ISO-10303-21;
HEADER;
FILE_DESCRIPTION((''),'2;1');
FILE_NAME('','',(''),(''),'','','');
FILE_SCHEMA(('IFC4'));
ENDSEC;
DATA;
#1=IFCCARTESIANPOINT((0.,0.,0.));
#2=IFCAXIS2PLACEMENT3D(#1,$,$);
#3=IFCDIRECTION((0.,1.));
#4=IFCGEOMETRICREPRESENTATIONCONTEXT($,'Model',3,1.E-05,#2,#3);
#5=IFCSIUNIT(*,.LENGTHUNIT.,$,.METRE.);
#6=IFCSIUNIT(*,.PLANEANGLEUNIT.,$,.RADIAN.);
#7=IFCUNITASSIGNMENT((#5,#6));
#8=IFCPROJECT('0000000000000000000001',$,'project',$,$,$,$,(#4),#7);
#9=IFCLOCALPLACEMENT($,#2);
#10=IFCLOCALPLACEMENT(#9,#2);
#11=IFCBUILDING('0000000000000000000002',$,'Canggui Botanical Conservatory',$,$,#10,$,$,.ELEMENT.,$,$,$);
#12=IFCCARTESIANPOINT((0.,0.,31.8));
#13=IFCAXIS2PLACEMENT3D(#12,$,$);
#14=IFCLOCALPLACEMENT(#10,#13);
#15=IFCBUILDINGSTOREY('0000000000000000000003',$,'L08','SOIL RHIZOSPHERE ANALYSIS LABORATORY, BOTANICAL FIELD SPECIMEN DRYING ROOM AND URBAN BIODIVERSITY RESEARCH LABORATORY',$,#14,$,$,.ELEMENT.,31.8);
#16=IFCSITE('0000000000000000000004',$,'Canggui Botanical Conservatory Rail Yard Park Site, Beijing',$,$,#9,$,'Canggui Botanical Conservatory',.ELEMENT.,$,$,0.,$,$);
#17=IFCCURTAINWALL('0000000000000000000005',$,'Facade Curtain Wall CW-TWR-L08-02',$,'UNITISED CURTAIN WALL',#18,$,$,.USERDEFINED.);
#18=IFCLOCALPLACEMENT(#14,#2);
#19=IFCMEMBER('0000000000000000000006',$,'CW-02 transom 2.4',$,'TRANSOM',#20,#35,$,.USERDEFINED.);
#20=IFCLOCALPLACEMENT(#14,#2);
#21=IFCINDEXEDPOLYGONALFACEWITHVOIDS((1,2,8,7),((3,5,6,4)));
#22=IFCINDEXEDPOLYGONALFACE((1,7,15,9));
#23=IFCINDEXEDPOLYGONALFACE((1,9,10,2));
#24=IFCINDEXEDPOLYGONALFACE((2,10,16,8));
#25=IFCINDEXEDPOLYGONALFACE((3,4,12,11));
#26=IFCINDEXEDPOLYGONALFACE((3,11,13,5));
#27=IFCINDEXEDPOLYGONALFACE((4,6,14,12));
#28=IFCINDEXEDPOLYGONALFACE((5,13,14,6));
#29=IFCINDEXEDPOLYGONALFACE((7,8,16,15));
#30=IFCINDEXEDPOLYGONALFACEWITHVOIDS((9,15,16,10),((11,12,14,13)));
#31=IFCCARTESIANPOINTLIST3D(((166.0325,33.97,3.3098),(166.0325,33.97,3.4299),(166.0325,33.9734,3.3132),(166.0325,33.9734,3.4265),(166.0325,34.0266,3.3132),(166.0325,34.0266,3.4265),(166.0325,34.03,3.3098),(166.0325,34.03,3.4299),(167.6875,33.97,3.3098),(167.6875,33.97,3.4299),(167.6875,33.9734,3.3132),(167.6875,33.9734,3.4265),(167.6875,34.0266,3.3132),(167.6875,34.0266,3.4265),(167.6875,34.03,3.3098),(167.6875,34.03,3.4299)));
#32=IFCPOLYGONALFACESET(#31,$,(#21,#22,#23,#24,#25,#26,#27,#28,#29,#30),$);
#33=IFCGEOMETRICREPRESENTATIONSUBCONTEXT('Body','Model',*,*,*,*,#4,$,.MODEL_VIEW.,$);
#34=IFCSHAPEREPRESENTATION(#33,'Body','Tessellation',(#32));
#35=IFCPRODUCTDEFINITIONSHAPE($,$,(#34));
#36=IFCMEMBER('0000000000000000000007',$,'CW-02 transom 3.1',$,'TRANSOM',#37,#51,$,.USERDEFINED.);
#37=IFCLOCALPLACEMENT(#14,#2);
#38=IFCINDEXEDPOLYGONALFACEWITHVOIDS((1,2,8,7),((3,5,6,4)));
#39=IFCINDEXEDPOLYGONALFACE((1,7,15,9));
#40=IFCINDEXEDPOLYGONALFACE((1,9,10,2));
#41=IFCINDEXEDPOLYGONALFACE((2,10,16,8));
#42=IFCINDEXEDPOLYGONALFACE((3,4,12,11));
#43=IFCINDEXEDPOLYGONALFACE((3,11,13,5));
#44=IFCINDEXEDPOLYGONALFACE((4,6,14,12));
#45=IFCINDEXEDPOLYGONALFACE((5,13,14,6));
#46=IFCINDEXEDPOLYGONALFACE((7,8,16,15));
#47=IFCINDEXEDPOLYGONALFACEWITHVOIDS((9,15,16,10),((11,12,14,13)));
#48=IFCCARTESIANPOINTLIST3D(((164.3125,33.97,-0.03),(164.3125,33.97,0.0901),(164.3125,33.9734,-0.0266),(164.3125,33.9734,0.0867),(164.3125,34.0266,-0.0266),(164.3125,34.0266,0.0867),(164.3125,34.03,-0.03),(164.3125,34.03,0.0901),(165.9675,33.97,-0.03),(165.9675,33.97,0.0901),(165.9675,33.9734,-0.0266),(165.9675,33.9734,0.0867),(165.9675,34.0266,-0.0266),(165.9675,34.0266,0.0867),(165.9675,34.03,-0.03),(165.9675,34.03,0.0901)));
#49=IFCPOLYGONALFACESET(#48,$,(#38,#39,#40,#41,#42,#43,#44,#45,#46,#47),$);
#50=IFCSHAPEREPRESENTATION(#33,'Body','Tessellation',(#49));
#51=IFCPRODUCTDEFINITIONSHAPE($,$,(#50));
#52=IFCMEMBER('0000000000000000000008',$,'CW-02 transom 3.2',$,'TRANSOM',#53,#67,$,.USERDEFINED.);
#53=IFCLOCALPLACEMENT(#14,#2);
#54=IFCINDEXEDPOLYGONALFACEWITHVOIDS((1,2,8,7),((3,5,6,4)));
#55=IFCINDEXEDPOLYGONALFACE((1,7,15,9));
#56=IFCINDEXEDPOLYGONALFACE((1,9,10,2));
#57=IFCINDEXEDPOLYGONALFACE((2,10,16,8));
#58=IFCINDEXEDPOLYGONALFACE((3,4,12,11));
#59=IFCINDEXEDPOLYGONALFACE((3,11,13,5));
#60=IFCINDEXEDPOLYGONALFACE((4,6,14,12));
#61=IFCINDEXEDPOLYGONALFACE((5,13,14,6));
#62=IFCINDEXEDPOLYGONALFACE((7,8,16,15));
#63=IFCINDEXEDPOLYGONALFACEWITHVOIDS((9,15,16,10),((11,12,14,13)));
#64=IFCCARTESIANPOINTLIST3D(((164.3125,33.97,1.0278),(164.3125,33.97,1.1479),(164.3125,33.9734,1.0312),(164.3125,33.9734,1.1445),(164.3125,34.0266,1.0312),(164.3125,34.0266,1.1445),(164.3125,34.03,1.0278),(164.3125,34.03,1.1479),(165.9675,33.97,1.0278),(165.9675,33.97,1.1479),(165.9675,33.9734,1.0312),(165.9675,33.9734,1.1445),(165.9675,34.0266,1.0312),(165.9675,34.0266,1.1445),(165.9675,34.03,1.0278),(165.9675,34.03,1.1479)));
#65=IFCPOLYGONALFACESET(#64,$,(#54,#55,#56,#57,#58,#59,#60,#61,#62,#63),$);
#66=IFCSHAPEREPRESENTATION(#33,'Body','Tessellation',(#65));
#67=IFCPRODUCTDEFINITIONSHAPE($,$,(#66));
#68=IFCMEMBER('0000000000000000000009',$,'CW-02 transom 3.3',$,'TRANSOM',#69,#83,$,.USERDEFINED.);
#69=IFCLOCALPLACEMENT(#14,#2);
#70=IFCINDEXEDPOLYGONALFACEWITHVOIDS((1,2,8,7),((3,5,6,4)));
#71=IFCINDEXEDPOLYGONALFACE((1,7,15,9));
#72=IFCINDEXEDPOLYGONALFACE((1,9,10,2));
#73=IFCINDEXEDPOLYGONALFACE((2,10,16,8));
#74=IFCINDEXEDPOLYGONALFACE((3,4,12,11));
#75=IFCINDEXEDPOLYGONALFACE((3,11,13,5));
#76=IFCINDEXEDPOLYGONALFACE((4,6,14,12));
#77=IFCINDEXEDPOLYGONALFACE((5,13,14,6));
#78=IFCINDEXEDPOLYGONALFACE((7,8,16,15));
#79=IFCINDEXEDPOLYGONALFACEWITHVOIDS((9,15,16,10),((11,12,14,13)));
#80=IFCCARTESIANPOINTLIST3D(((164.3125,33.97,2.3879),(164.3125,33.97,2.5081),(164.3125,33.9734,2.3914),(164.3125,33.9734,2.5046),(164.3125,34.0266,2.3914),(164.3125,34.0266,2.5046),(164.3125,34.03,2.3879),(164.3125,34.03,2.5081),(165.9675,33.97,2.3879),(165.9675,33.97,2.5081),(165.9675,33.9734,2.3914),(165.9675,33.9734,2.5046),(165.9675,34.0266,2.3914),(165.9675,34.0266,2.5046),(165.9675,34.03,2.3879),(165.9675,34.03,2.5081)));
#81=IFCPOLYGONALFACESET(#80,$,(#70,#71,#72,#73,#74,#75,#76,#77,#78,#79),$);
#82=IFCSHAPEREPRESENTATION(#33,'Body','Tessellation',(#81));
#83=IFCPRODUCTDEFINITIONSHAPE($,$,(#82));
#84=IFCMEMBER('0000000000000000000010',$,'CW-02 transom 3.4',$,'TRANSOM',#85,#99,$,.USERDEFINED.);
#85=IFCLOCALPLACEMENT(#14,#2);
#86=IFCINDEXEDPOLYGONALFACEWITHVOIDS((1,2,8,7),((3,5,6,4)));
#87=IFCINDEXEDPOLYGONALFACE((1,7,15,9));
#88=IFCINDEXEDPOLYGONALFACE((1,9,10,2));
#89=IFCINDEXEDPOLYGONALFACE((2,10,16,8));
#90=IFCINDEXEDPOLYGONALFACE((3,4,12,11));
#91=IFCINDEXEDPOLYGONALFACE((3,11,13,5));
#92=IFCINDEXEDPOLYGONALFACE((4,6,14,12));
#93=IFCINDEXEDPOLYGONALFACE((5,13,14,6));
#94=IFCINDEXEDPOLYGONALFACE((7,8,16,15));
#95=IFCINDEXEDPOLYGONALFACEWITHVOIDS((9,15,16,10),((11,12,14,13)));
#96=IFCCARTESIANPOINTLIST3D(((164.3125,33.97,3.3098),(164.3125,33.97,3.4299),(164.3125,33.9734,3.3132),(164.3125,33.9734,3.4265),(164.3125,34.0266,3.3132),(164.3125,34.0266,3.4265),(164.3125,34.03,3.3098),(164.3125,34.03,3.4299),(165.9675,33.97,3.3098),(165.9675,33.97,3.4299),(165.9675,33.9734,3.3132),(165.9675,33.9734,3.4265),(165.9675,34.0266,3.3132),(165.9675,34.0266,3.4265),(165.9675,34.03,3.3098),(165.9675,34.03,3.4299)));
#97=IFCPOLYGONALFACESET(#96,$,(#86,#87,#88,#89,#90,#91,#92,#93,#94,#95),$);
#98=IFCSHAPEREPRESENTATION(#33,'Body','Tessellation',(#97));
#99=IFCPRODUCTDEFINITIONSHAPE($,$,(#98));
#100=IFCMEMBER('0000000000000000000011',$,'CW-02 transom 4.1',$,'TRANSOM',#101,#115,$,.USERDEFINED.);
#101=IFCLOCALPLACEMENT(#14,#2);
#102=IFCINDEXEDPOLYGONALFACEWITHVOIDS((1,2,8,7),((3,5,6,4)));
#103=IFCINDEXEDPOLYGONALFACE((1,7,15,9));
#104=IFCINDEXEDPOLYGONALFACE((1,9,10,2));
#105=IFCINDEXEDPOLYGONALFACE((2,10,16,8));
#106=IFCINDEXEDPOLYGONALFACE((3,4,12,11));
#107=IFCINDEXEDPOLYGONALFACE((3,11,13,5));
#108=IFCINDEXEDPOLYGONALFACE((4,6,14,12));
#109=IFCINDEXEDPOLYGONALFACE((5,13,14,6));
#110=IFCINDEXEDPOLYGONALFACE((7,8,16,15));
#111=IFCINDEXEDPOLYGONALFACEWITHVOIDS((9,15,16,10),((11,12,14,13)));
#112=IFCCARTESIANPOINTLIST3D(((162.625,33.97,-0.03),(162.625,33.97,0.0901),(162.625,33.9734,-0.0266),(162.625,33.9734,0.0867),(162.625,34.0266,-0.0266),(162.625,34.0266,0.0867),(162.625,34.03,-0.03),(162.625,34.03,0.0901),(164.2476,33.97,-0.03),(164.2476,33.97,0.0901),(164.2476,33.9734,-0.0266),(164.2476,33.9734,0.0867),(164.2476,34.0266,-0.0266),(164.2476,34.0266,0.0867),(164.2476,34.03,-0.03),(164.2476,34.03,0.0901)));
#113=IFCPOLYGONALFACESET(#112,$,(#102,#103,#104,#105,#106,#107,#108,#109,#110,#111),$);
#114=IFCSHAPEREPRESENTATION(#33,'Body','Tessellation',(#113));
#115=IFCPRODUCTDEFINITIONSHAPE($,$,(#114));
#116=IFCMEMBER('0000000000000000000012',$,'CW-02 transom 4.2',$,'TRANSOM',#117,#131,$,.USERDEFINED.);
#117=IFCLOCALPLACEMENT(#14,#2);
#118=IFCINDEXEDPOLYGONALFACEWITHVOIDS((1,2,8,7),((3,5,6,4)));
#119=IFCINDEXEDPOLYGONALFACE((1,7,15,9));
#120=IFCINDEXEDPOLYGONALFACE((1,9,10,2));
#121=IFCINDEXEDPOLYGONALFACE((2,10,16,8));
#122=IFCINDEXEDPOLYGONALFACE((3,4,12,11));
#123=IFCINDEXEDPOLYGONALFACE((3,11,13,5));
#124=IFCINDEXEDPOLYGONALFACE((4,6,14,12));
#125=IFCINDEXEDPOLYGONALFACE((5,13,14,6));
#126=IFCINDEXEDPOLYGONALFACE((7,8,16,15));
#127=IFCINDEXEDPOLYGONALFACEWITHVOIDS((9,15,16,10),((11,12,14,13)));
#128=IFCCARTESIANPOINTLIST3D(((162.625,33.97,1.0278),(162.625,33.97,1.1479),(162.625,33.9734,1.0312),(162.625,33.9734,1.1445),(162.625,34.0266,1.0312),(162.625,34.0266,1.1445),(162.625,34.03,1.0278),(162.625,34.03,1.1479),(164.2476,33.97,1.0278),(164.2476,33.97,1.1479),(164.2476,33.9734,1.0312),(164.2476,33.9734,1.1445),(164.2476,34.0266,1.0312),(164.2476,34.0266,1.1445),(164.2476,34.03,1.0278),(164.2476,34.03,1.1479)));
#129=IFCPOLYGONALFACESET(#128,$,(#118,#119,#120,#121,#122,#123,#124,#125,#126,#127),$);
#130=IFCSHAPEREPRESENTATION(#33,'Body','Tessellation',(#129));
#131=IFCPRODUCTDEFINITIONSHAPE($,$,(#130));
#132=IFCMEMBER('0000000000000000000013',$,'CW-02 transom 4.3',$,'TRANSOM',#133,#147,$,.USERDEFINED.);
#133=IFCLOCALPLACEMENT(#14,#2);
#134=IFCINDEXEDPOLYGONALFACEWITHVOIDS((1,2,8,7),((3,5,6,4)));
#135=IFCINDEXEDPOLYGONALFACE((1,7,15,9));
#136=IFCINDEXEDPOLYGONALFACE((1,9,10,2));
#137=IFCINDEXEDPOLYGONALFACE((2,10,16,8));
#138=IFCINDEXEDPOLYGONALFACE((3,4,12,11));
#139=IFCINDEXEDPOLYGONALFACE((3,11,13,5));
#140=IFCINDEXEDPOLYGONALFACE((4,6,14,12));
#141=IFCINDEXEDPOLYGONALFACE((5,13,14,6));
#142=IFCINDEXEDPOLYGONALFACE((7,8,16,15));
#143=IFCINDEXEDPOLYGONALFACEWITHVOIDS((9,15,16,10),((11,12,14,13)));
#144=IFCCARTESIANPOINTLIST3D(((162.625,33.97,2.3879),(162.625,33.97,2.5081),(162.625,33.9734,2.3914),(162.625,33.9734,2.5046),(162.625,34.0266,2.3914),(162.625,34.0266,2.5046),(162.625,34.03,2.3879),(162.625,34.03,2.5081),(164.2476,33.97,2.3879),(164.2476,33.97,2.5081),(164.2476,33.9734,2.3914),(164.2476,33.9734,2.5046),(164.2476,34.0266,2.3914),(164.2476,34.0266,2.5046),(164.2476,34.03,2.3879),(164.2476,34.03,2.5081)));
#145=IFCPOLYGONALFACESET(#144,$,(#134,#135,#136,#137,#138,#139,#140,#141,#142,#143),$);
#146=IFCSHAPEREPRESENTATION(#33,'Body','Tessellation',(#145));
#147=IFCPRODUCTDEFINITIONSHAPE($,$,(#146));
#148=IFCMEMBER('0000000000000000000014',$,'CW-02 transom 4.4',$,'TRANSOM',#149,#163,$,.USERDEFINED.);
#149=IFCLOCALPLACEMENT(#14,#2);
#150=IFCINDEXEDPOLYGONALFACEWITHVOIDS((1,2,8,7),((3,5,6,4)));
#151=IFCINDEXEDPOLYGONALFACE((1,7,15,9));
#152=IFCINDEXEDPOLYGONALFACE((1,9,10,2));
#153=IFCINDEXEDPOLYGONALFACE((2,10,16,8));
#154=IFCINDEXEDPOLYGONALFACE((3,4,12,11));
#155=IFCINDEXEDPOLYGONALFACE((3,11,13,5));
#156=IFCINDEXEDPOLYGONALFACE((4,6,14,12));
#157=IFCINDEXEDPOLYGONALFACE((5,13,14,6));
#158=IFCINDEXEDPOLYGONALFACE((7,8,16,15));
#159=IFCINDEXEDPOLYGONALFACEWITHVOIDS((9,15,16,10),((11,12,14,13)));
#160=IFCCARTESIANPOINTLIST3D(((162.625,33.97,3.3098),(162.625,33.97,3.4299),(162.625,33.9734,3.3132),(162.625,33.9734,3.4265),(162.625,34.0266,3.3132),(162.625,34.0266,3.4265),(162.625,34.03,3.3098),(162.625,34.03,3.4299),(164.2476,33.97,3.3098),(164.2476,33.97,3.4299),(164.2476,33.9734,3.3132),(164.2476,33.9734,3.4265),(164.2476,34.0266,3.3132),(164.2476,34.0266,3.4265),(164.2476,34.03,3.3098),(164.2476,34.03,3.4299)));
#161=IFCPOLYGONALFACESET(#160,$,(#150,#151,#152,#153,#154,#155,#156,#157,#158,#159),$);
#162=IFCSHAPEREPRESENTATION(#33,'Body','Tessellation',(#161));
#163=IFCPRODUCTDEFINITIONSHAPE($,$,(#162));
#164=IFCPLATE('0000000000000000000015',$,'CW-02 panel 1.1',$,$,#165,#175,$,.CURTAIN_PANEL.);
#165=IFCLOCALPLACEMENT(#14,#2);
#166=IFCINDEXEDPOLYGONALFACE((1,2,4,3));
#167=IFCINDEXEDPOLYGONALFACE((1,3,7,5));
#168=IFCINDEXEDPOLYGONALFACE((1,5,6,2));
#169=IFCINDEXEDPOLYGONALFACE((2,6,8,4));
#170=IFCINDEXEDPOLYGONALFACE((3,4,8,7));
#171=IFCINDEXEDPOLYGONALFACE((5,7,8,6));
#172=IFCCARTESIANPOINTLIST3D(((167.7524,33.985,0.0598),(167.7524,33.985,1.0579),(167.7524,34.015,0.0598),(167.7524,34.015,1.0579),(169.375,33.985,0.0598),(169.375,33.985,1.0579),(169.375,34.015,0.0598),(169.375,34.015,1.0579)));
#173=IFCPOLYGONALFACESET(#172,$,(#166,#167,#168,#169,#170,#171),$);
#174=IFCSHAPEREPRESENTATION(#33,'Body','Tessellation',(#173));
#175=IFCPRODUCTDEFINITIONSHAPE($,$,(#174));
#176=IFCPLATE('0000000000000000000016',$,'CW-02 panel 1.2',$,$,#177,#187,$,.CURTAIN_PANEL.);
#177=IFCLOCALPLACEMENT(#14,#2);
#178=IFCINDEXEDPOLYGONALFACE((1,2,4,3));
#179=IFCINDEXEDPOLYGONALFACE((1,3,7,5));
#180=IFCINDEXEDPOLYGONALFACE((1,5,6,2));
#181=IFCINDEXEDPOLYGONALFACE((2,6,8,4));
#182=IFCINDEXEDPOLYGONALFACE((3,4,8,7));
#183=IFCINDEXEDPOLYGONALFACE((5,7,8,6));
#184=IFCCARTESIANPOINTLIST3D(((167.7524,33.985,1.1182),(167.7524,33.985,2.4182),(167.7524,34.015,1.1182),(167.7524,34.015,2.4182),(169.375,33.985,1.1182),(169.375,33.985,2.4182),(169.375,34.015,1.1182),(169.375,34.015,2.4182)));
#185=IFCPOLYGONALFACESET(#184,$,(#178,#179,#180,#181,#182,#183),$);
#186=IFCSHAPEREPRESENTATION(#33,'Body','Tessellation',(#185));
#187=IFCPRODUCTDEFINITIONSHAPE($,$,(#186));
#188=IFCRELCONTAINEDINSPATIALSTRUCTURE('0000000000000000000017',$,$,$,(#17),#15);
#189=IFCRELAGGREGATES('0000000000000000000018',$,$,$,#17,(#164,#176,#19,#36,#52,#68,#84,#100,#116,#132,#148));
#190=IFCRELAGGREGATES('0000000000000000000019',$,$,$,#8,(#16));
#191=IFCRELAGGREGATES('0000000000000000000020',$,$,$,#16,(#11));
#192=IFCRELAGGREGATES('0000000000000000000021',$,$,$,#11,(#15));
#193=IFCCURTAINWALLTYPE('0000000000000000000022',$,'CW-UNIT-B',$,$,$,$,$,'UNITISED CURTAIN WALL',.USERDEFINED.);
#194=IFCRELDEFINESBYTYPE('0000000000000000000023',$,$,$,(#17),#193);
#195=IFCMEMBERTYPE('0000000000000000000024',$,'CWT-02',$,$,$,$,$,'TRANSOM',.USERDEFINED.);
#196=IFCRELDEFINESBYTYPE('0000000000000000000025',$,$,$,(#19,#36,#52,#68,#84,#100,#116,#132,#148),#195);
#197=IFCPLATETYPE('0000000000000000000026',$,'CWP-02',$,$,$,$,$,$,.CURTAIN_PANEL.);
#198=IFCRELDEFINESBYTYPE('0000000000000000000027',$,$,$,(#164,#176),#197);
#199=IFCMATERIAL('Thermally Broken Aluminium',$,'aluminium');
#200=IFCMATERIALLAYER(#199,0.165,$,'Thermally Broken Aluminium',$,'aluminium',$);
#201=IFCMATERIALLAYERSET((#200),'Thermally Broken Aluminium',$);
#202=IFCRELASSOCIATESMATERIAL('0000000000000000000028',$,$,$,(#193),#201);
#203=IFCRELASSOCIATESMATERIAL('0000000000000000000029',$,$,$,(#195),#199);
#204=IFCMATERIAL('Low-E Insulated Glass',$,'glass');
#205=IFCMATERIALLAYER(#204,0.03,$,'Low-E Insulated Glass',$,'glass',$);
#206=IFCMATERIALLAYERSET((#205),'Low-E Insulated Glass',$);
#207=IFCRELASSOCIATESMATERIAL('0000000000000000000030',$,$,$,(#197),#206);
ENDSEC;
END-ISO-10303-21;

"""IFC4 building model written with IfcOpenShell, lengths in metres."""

from ifc_helpers import new_model, si_unit, direction, frame, origin, origin_2d, place, context, subcontext, project, spatial, rectangle, hollow_rectangle, extrude, material, layer, layer_set, material_profile, profile_set, type_object, element, aggregate, save


model = new_model("IFC4")

# Units and contexts
model_context = context("Model", 3, precision=1e-05, world=origin(), true_north=direction((0.0, 1.0)))
body_context = subcontext(model_context, "Body", "Model", "MODEL_VIEW")
ifc_project = project(units=[si_unit("LENGTHUNIT", "METRE"), si_unit("PLANEANGLEUNIT", "RADIAN")], contexts=[model_context])

# Site, building, storey
site_placement = place(None, origin())
site = spatial("IfcSite", under=ifc_project, at=site_placement, Name="Canggui Botanical Conservatory Rail Yard Park Site, Beijing", LongName="Canggui Botanical Conservatory", CompositionType="ELEMENT", RefElevation=0.0)
building_placement = place(site_placement, origin())
building = spatial("IfcBuilding", under=site, at=building_placement, Name="Canggui Botanical Conservatory", CompositionType="ELEMENT")
storey_placement = place(building_placement, frame((0.0, 0.0, 31.8)))
storey = spatial("IfcBuildingStorey", under=building, at=storey_placement, Name="L08", Description="SOIL RHIZOSPHERE ANALYSIS LABORATORY, BOTANICAL FIELD SPECIMEN DRYING ROOM AND URBAN BIODIVERSITY RESEARCH LABORATORY", CompositionType="ELEMENT", Elevation=31.8)

# Curtain wall, members, plates
ifc_material_1 = material(Name="Thermally Broken Aluminium", Category="aluminium")
ifc_layer_1 = layer(ifc_material_1, 0.165, Name="Thermally Broken Aluminium", Category="aluminium")
ifc_layer_set_1 = layer_set([ifc_layer_1], Name="Thermally Broken Aluminium")
curtain_wall_type = type_object("IfcCurtainWallType", Name="CW-UNIT-B", ElementType="UNITISED CURTAIN WALL", PredefinedType="USERDEFINED", material=ifc_layer_set_1)
curtain_wall_placement = place(storey_placement, origin())
curtain_wall = element("IfcCurtainWall", 1, at=curtain_wall_placement, inside=storey, type_object=curtain_wall_type, Name="Facade Curtain Wall CW-TWR-L08-02", ObjectType="UNITISED CURTAIN WALL", PredefinedType="USERDEFINED")
ifc_material_profile_1 = material_profile(ifc_material_1, hollow_rectangle(XDim=0.0601, YDim=0.1201, WallThickness=0.0034, at=origin_2d()), Name="CWT 60x120x3.5")
ifc_profile_set_1 = profile_set([ifc_material_profile_1], Name="Thermally Broken Aluminium")
member_type_1 = type_object("IfcMemberType", Name="CWT-02", ElementType="TRANSOM", PredefinedType="USERDEFINED", material=ifc_profile_set_1)
member_1_placement = place(storey_placement, frame((167.6875, 34.0, 3.3699), z_axis=(-1.0, 0.0, 0.0), x_axis=(0.0, -1.0, 0.0)))
member_1 = element("IfcMember", 2, at=member_1_placement, type_object=member_type_1, Name="CW-02 transom 2.4", ObjectType="TRANSOM", PredefinedType="USERDEFINED", context=body_context, shape_type="SweptSolid", body=[
    extrude(hollow_rectangle(XDim=0.0601, YDim=0.1201, WallThickness=0.0034, at=origin_2d()), origin(), (0.0, 0.0, 1.0), 1.655),
])
member_2_placement = place(storey_placement, frame((165.9675, 34.0, 0.03), z_axis=(-1.0, 0.0, 0.0), x_axis=(0.0, -1.0, 0.0)))
member_2 = element("IfcMember", 3, at=member_2_placement, type_object=member_type_1, Name="CW-02 transom 3.1", ObjectType="TRANSOM", PredefinedType="USERDEFINED", context=body_context, shape_type="SweptSolid", body=[
    extrude(hollow_rectangle(XDim=0.0601, YDim=0.1201, WallThickness=0.0034, at=origin_2d()), origin(), (0.0, 0.0, 1.0), 1.655),
])
member_3_placement = place(storey_placement, frame((165.9675, 34.0, 1.0879), z_axis=(-1.0, 0.0, 0.0), x_axis=(0.0, -1.0, 0.0)))
member_3 = element("IfcMember", 4, at=member_3_placement, type_object=member_type_1, Name="CW-02 transom 3.2", ObjectType="TRANSOM", PredefinedType="USERDEFINED", context=body_context, shape_type="SweptSolid", body=[
    extrude(hollow_rectangle(XDim=0.0601, YDim=0.1201, WallThickness=0.0034, at=origin_2d()), origin(), (0.0, 0.0, 1.0), 1.655),
])
member_4_placement = place(storey_placement, frame((165.9675, 34.0, 2.448), z_axis=(-1.0, 0.0, 0.0), x_axis=(0.0, -1.0, 0.0)))
member_4 = element("IfcMember", 5, at=member_4_placement, type_object=member_type_1, Name="CW-02 transom 3.3", ObjectType="TRANSOM", PredefinedType="USERDEFINED", context=body_context, shape_type="SweptSolid", body=[
    extrude(hollow_rectangle(XDim=0.0601, YDim=0.1201, WallThickness=0.0034, at=origin_2d()), origin(), (0.0, 0.0, 1.0), 1.655),
])
member_5_placement = place(storey_placement, frame((165.9675, 34.0, 3.3699), z_axis=(-1.0, 0.0, 0.0), x_axis=(0.0, -1.0, 0.0)))
member_5 = element("IfcMember", 6, at=member_5_placement, type_object=member_type_1, Name="CW-02 transom 3.4", ObjectType="TRANSOM", PredefinedType="USERDEFINED", context=body_context, shape_type="SweptSolid", body=[
    extrude(hollow_rectangle(XDim=0.0601, YDim=0.1201, WallThickness=0.0034, at=origin_2d()), origin(), (0.0, 0.0, 1.0), 1.655),
])
member_6_placement = place(storey_placement, frame((164.2476, 34.0, 0.03), z_axis=(-1.0, 0.0, 0.0), x_axis=(0.0, -1.0, 0.0)))
member_6 = element("IfcMember", 7, at=member_6_placement, type_object=member_type_1, Name="CW-02 transom 4.1", ObjectType="TRANSOM", PredefinedType="USERDEFINED", context=body_context, shape_type="SweptSolid", body=[
    extrude(hollow_rectangle(XDim=0.0601, YDim=0.1201, WallThickness=0.0034, at=origin_2d()), origin(), (0.0, 0.0, 1.0), 1.6226),
])
member_7_placement = place(storey_placement, frame((164.2476, 34.0, 1.0879), z_axis=(-1.0, 0.0, 0.0), x_axis=(0.0, -1.0, 0.0)))
member_7 = element("IfcMember", 8, at=member_7_placement, type_object=member_type_1, Name="CW-02 transom 4.2", ObjectType="TRANSOM", PredefinedType="USERDEFINED", context=body_context, shape_type="SweptSolid", body=[
    extrude(hollow_rectangle(XDim=0.0601, YDim=0.1201, WallThickness=0.0034, at=origin_2d()), origin(), (0.0, 0.0, 1.0), 1.6226),
])
member_8_placement = place(storey_placement, frame((164.2476, 34.0, 2.448), z_axis=(-1.0, 0.0, 0.0), x_axis=(0.0, -1.0, 0.0)))
member_8 = element("IfcMember", 9, at=member_8_placement, type_object=member_type_1, Name="CW-02 transom 4.3", ObjectType="TRANSOM", PredefinedType="USERDEFINED", context=body_context, shape_type="SweptSolid", body=[
    extrude(hollow_rectangle(XDim=0.0601, YDim=0.1201, WallThickness=0.0034, at=origin_2d()), origin(), (0.0, 0.0, 1.0), 1.6226),
])
member_9_placement = place(storey_placement, frame((164.2476, 34.0, 3.3699), z_axis=(-1.0, 0.0, 0.0), x_axis=(0.0, -1.0, 0.0)))
member_9 = element("IfcMember", 10, at=member_9_placement, type_object=member_type_1, Name="CW-02 transom 4.4", ObjectType="TRANSOM", PredefinedType="USERDEFINED", context=body_context, shape_type="SweptSolid", body=[
    extrude(hollow_rectangle(XDim=0.0601, YDim=0.1201, WallThickness=0.0034, at=origin_2d()), origin(), (0.0, 0.0, 1.0), 1.6226),
])
ifc_material_2 = material(Name="Low-E Insulated Glass", Category="glass")
ifc_layer_2 = layer(ifc_material_2, 0.03, Name="Low-E Insulated Glass", Category="glass")
ifc_layer_set_2 = layer_set([ifc_layer_2], Name="Low-E Insulated Glass")
plate_type = type_object("IfcPlateType", Name="CWP-02", PredefinedType="CURTAIN_PANEL", material=ifc_layer_set_2)
plate_1_placement = place(storey_placement, frame((168.5637, 34.0, 0.0598), z_axis=(0.0, 0.0, 1.0), x_axis=(-1.0, 0.0, 0.0)))
plate_1 = element("IfcPlate", 11, at=plate_1_placement, type_object=plate_type, Name="CW-02 panel 1.1", PredefinedType="CURTAIN_PANEL", context=body_context, shape_type="SweptSolid", body=[
    extrude(rectangle(XDim=1.6226, YDim=0.03, at=origin_2d()), origin(), (0.0, 0.0, 1.0), 0.998),
])
plate_2_placement = place(storey_placement, frame((168.5637, 34.0, 1.1182), z_axis=(0.0, 0.0, 1.0), x_axis=(-1.0, 0.0, 0.0)))
plate_2 = element("IfcPlate", 12, at=plate_2_placement, type_object=plate_type, Name="CW-02 panel 1.2", PredefinedType="CURTAIN_PANEL", context=body_context, shape_type="SweptSolid", body=[
    extrude(rectangle(XDim=1.6226, YDim=0.03, at=origin_2d()), origin(), (0.0, 0.0, 1.0), 1.3),
])
aggregate(curtain_wall, [plate_1, plate_2, member_1, member_2, member_3, member_4, member_5, member_6, member_7, member_8, member_9])

save(model, "model.ifc")
